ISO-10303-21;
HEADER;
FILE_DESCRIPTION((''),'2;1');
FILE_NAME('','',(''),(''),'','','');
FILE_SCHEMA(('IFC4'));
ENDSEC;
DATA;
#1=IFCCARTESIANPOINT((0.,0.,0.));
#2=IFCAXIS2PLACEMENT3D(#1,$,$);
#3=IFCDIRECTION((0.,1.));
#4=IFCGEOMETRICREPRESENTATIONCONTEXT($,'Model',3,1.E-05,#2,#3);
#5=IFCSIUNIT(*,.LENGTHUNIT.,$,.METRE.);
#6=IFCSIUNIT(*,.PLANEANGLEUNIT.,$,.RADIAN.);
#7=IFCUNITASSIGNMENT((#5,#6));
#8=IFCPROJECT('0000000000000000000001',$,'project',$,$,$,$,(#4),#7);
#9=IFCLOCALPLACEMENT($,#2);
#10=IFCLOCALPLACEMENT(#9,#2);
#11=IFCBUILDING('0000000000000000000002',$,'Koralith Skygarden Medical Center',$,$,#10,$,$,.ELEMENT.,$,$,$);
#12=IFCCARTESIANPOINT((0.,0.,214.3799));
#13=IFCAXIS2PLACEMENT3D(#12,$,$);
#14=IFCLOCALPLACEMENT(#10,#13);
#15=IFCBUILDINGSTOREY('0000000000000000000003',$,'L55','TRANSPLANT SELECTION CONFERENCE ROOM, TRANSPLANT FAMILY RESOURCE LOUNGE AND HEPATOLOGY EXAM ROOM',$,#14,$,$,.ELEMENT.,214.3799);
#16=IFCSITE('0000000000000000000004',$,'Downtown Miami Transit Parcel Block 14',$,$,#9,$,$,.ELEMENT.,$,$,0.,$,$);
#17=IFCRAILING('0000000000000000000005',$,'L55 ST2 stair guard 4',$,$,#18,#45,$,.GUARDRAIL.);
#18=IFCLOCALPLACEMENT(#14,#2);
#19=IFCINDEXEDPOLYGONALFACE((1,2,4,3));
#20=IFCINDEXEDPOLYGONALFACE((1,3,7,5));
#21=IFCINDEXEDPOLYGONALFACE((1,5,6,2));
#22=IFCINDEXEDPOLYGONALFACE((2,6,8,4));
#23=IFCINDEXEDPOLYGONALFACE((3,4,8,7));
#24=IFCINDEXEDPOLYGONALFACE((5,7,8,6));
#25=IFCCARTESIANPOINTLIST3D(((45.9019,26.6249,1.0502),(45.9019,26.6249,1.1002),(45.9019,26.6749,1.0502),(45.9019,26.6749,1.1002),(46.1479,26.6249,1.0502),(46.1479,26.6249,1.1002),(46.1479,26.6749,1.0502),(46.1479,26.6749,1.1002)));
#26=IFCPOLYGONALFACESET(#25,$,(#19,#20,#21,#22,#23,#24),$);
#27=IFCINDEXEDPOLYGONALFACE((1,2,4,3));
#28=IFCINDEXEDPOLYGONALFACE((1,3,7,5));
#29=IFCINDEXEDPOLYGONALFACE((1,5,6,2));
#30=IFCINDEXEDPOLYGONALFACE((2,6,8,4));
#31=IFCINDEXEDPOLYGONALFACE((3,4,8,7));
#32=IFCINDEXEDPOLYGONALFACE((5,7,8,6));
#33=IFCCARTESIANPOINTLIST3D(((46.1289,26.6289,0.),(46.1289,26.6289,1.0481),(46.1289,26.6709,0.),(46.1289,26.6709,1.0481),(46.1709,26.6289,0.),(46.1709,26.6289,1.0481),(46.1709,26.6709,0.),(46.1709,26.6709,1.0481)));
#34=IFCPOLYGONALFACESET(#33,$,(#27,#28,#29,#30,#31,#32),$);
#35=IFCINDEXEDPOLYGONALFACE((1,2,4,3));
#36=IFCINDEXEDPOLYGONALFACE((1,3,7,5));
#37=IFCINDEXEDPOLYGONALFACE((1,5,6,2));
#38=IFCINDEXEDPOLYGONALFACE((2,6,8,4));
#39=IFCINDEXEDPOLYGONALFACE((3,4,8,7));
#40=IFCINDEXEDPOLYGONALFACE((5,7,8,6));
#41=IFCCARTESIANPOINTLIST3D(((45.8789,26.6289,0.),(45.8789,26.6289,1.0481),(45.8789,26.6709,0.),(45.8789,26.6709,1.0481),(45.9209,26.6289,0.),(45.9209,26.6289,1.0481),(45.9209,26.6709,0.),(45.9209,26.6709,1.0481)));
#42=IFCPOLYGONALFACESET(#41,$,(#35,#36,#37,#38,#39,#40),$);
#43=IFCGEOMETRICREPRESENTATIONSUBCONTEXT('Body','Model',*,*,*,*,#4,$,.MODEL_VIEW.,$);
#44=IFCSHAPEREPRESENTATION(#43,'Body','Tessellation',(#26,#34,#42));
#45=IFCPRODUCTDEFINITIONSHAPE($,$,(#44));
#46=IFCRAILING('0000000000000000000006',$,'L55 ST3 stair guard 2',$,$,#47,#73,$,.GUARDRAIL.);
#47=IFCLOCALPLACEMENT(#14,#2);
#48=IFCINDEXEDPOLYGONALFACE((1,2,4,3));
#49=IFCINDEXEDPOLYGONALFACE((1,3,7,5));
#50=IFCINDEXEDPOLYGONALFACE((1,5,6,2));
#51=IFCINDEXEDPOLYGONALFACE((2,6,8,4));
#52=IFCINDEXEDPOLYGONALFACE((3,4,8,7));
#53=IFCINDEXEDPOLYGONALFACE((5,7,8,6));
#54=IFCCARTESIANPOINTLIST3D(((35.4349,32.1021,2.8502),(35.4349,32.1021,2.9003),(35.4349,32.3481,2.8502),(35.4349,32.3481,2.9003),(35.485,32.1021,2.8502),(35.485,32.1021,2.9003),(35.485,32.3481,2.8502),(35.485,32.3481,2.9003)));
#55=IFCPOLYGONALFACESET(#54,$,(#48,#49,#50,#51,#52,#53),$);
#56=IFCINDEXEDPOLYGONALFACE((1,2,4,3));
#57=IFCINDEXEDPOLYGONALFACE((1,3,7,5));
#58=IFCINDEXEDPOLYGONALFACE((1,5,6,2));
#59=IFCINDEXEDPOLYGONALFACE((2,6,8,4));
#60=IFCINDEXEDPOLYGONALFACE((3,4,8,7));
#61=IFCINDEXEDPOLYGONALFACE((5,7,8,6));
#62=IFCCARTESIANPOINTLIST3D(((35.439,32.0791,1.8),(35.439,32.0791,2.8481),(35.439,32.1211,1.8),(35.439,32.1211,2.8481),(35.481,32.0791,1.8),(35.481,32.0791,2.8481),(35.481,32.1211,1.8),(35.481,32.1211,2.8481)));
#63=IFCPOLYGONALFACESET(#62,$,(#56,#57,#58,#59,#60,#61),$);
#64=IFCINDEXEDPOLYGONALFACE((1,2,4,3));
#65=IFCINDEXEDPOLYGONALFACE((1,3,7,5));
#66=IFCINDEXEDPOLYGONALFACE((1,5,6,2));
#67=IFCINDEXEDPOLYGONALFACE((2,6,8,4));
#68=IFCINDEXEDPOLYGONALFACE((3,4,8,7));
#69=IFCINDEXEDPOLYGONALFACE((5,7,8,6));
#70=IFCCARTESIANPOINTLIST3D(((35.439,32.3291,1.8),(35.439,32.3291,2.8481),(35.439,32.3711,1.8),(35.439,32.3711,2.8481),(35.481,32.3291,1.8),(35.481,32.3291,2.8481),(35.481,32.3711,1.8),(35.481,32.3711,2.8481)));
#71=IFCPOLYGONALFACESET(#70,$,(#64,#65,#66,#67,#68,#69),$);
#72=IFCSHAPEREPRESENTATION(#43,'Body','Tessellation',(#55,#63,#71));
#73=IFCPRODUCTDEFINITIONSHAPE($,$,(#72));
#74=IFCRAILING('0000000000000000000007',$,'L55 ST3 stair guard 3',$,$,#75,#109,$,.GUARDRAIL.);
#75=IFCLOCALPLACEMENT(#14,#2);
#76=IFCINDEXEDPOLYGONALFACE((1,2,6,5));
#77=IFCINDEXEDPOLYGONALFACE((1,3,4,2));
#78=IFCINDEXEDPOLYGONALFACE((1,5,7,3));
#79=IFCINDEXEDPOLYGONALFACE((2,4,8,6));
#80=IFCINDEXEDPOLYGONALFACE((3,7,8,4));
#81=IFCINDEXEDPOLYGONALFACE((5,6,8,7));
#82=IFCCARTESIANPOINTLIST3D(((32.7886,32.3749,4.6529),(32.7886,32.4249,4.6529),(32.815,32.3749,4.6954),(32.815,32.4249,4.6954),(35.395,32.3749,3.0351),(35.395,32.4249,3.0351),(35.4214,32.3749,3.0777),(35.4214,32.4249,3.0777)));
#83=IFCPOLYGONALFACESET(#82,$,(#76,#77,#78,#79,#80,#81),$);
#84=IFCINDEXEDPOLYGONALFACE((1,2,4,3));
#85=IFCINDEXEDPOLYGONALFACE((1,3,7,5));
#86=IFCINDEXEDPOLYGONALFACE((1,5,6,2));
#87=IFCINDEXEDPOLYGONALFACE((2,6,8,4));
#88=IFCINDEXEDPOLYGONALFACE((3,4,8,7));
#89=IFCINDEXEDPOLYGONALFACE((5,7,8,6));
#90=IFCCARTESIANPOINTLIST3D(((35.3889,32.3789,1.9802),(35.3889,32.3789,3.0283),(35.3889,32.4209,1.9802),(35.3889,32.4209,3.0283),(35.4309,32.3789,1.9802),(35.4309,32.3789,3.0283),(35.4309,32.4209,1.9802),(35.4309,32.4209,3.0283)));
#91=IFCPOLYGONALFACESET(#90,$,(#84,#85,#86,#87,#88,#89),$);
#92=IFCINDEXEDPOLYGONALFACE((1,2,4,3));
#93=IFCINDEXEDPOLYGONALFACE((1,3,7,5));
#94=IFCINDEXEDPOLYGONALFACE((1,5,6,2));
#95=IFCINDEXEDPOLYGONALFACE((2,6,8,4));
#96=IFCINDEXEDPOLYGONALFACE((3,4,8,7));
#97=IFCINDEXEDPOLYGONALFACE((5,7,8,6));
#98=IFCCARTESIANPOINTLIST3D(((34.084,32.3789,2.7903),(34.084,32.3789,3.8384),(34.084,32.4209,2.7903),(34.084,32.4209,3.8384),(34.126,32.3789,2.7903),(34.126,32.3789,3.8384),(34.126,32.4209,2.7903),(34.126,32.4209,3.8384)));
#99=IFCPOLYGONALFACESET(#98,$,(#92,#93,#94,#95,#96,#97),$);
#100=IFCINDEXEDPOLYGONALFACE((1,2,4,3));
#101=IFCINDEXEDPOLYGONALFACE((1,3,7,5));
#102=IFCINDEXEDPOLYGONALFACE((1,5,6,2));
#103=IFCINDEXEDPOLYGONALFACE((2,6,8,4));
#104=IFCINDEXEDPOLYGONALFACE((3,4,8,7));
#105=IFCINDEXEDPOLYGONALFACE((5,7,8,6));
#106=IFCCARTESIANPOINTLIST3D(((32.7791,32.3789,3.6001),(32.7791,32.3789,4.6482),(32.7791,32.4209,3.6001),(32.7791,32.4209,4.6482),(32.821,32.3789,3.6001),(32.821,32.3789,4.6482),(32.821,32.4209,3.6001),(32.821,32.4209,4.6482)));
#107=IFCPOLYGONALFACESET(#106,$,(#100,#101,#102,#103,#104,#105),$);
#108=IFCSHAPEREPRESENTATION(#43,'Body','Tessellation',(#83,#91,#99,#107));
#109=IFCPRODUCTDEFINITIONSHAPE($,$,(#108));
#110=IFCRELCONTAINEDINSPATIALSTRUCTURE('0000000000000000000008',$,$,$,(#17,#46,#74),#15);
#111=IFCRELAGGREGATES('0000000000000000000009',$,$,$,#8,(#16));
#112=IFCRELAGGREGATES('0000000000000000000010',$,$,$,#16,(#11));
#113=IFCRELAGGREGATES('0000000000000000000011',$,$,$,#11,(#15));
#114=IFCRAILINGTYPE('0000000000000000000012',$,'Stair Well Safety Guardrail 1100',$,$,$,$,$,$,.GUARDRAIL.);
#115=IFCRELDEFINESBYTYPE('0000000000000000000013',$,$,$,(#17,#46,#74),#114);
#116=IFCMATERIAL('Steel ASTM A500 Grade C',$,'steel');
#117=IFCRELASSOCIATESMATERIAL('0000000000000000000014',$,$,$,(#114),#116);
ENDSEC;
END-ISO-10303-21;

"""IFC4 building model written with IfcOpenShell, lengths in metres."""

from ifc_helpers import new_model, si_unit, direction, frame, origin, origin_2d, place, context, subcontext, project, spatial, rectangle, extrude, material, type_object, element, save


model = new_model("IFC4")

# Units and contexts
model_context = context("Model", 3, precision=1e-05, world=origin(), true_north=direction((0.0, 1.0)))
body_context = subcontext(model_context, "Body", "Model", "MODEL_VIEW")
ifc_project = project(units=[si_unit("LENGTHUNIT", "METRE"), si_unit("PLANEANGLEUNIT", "RADIAN")], contexts=[model_context])

# Site, building, storey
site_placement = place(None, origin())
site = spatial("IfcSite", under=ifc_project, at=site_placement, Name="Downtown Miami Transit Parcel Block 14", CompositionType="ELEMENT", RefElevation=0.0)
building_placement = place(site_placement, origin())
building = spatial("IfcBuilding", under=site, at=building_placement, Name="Koralith Skygarden Medical Center", CompositionType="ELEMENT")
storey_placement = place(building_placement, frame((0.0, 0.0, 214.3799)))
storey = spatial("IfcBuildingStorey", under=building, at=storey_placement, Name="L55", Description="TRANSPLANT SELECTION CONFERENCE ROOM, TRANSPLANT FAMILY RESOURCE LOUNGE AND HEPATOLOGY EXAM ROOM", CompositionType="ELEMENT", Elevation=214.3799)

# Railings
ifc_material_1 = material(Name="Steel ASTM A500 Grade C", Category="steel")
railing_type_1 = type_object("IfcRailingType", Name="Stair Well Safety Guardrail 1100", PredefinedType="GUARDRAIL", material=ifc_material_1)
railing_1_placement = place(storey_placement, frame((46.1499, 26.6499, 0.0)))
element("IfcRailing", 1, at=railing_1_placement, inside=storey, type_object=railing_type_1, Name="L55 ST2 stair guard 4", PredefinedType="GUARDRAIL", context=body_context, shape_type="SweptSolid", body=[
    extrude(rectangle(XDim=0.05, YDim=0.05, at=origin_2d()), frame((-0.002, 0.0, 1.0752), z_axis=(-1.0, 0.0, 0.0), x_axis=(0.0, -1.0, 0.0)), (0.0, 0.0, 1.0), 0.2461),
    extrude(rectangle(XDim=0.042, YDim=0.042, at=origin_2d()), origin(), (0.0, 0.0, 1.0), 1.0481),
    extrude(rectangle(XDim=0.042, YDim=0.042, at=origin_2d()), frame((-0.25, 0.0, 0.0)), (0.0, 0.0, 1.0), 1.0481),
])
railing_2_placement = place(storey_placement, frame((35.46, 32.1001, 1.8)))
element("IfcRailing", 2, at=railing_2_placement, inside=storey, type_object=railing_type_1, Name="L55 ST3 stair guard 2", PredefinedType="GUARDRAIL", context=body_context, shape_type="SweptSolid", body=[
    extrude(rectangle(XDim=0.05, YDim=0.05, at=origin_2d()), frame((0.0, 0.002, 1.0752), z_axis=(0.0, 1.0, 0.0), x_axis=(-1.0, 0.0, 0.0)), (0.0, 0.0, 1.0), 0.2461),
    extrude(rectangle(XDim=0.042, YDim=0.042, at=origin_2d()), origin(), (0.0, 0.0, 1.0), 1.0481),
    extrude(rectangle(XDim=0.042, YDim=0.042, at=origin_2d()), frame((0.0, 0.25, 0.0)), (0.0, 0.0, 1.0), 1.0481),
])
railing_3_placement = place(storey_placement, frame((35.4099, 32.3999, 1.9802)))
element("IfcRailing", 3, at=railing_3_placement, inside=storey, type_object=railing_type_1, Name="L55 ST3 stair guard 3", PredefinedType="GUARDRAIL", context=body_context, shape_type="SweptSolid", body=[
    extrude(rectangle(XDim=0.05, YDim=0.05, at=origin_2d()), frame((-0.0017, 0.0, 1.0762), z_axis=(-0.849646, 0.0, 0.527353), x_axis=(0.0, -1.0, 0.0)), (0.0, 0.0, 1.0), 3.0676),
    extrude(rectangle(XDim=0.042, YDim=0.042, at=origin_2d()), origin(), (0.0, 0.0, 1.0), 1.0481),
    extrude(rectangle(XDim=0.042, YDim=0.042, at=origin_2d()), frame((-1.3049, 0.0, 0.8101)), (0.0, 0.0, 1.0), 1.0481),
    extrude(rectangle(XDim=0.042, YDim=0.042, at=origin_2d()), frame((-2.6099, 0.0, 1.6199)), (0.0, 0.0, 1.0), 1.0481),
])

save(model, "model.ifc")
